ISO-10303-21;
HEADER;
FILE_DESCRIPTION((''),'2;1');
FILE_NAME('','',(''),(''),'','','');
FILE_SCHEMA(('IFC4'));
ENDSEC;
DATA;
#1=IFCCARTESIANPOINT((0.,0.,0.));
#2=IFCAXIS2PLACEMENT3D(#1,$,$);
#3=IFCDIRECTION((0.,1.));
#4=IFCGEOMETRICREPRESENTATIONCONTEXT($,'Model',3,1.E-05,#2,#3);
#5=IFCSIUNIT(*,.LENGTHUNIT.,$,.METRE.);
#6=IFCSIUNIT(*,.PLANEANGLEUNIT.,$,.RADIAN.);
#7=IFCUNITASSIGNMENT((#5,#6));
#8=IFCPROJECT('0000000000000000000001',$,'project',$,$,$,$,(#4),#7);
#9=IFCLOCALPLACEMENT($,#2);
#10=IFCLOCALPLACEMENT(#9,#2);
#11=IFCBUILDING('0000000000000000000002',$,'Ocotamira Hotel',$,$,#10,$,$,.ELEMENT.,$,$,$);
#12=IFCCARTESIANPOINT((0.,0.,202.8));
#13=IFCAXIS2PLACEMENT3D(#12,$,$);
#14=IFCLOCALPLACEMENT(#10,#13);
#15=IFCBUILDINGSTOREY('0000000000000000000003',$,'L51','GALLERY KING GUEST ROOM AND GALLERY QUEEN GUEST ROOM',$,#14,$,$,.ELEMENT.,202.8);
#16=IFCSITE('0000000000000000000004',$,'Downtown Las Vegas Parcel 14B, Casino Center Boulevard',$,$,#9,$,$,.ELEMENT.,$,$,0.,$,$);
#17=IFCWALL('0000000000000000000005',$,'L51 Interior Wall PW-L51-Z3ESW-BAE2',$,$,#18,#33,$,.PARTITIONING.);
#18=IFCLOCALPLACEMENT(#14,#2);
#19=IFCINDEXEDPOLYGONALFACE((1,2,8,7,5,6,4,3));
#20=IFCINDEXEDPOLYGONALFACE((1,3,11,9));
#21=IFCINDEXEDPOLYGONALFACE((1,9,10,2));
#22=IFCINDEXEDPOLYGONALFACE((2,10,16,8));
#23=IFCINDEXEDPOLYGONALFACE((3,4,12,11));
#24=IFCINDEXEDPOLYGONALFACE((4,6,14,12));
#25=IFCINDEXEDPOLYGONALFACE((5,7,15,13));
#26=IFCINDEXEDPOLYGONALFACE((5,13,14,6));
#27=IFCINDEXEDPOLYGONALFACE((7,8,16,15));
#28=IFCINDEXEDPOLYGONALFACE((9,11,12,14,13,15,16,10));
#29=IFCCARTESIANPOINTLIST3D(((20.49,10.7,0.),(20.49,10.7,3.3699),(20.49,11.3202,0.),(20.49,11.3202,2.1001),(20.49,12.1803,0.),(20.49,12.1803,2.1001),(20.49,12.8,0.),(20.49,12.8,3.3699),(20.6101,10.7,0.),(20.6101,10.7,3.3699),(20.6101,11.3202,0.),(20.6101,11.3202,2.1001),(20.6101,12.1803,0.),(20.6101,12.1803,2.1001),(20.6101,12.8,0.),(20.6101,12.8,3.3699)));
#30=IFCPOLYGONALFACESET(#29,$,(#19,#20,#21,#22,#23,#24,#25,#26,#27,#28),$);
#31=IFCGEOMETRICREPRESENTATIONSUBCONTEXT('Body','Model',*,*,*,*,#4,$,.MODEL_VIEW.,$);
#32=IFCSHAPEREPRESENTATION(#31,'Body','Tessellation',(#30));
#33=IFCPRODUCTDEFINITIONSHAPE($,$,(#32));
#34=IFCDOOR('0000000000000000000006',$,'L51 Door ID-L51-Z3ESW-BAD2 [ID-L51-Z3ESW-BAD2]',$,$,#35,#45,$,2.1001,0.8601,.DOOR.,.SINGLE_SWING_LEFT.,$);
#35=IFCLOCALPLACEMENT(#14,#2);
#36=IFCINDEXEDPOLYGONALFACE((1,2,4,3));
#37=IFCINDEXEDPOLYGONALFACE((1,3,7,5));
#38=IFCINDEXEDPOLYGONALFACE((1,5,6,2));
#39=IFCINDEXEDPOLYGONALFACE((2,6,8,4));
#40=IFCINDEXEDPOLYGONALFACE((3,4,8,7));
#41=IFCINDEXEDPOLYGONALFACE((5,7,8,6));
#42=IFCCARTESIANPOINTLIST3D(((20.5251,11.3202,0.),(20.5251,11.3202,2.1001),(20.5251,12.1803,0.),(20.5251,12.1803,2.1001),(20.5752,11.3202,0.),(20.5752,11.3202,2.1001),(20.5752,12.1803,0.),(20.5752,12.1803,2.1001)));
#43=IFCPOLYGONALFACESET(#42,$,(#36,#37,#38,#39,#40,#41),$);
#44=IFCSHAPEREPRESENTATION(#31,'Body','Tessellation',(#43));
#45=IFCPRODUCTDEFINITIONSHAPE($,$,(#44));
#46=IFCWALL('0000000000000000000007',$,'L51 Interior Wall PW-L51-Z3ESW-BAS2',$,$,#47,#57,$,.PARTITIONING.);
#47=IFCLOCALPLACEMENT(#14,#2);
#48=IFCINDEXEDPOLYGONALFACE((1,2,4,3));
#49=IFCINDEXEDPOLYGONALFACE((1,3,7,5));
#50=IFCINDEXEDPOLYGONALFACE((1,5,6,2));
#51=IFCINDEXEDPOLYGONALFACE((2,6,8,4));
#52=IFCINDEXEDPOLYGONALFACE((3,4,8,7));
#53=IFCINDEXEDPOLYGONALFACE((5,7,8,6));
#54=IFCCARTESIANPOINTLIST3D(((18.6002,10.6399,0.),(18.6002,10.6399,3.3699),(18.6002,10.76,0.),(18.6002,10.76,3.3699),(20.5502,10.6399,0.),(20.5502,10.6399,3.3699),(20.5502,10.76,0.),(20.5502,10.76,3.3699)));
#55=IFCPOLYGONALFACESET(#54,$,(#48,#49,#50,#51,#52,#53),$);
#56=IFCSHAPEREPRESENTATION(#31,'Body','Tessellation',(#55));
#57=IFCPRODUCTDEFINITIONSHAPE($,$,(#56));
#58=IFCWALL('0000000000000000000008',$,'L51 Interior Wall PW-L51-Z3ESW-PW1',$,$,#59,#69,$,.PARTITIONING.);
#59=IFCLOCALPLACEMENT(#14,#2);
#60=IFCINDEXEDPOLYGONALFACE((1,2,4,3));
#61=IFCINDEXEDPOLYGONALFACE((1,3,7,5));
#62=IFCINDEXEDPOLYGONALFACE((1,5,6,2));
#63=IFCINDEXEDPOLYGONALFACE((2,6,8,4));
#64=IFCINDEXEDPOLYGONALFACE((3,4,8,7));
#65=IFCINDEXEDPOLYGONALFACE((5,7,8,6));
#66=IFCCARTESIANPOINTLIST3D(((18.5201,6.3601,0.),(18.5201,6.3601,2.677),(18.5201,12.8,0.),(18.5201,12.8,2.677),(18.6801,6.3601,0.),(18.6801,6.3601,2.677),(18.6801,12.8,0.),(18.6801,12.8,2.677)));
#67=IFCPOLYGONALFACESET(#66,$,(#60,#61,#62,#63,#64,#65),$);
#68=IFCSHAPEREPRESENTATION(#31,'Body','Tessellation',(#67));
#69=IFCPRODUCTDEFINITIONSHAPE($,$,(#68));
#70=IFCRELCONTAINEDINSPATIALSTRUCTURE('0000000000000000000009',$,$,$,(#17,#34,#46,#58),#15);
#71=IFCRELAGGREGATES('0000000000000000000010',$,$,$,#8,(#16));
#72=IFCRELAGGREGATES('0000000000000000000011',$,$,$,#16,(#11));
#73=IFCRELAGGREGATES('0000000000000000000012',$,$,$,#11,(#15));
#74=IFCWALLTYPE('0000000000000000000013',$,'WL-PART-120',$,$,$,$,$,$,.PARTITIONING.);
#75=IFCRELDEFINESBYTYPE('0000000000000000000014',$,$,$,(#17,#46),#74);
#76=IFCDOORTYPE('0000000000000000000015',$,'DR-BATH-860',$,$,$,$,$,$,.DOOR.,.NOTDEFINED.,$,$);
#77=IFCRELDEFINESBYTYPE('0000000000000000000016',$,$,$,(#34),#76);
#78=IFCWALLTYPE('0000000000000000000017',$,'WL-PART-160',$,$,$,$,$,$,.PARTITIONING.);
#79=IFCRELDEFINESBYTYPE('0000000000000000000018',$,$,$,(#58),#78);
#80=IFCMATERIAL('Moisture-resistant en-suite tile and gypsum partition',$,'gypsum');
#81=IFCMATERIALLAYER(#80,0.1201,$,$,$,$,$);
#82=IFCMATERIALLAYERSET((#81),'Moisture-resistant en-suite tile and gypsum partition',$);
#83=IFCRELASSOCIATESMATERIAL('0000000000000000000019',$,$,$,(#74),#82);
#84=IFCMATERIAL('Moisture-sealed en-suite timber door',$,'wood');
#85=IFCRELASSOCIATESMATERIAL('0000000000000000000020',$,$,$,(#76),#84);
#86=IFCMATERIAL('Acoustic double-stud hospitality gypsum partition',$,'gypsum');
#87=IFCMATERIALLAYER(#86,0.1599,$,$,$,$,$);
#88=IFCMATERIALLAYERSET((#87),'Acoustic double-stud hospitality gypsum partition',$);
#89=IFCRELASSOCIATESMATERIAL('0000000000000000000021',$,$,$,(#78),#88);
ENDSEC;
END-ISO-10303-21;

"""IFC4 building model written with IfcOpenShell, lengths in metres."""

from ifc_helpers import new_model, si_unit, direction, frame, frame_2d, origin, place, context, subcontext, project, spatial, rectangle, extrude, source, transform, mapped, material, layer, layer_set, type_object, element, fill, save


model = new_model("IFC4")

# Units and contexts
model_context = context("Model", 3, precision=1e-05, world=origin(), true_north=direction((0.0, 1.0)))
body_context = subcontext(model_context, "Body", "Model", "MODEL_VIEW")
ifc_project = project(units=[si_unit("LENGTHUNIT", "METRE"), si_unit("PLANEANGLEUNIT", "RADIAN")], contexts=[model_context])

# Site, building, storey
site_placement = place(None, origin())
site = spatial("IfcSite", under=ifc_project, at=site_placement, Name="Downtown Las Vegas Parcel 14B, Casino Center Boulevard", CompositionType="ELEMENT", RefElevation=0.0)
building_placement = place(site_placement, origin())
building = spatial("IfcBuilding", under=site, at=building_placement, Name="Ocotamira Hotel", CompositionType="ELEMENT")
storey_placement = place(building_placement, frame((0.0, 0.0, 202.8)))
storey = spatial("IfcBuildingStorey", under=building, at=storey_placement, Name="L51", Description="GALLERY KING GUEST ROOM AND GALLERY QUEEN GUEST ROOM", CompositionType="ELEMENT", Elevation=202.8)

# Shared definitions
ifc_material_1 = material(Name="Moisture-resistant en-suite tile and gypsum partition", Category="gypsum")
ifc_layer_1 = layer(ifc_material_1, 0.1201)
ifc_layer_set_1 = layer_set([ifc_layer_1], Name="Moisture-resistant en-suite tile and gypsum partition")
wall_type_1 = type_object("IfcWallType", Name="WL-PART-120", PredefinedType="PARTITIONING", material=ifc_layer_set_1)
ifc_material_2 = material(Name="Moisture-sealed en-suite timber door", Category="wood")
door_type = type_object("IfcDoorType", Name="DR-BATH-860", OperationType="NOTDEFINED", PredefinedType="DOOR", material=ifc_material_2)
shared_shape_1 = source(origin(), body_context, "Body", "SweptSolid", [
    extrude(rectangle(XDim=0.8601, YDim=2.1001, at=frame_2d((0.4302, 1.05))), frame((0.0, 0.0249, 0.0), z_axis=(0.0, -1.0, 0.0), x_axis=(1.0, 0.0, 0.0)), (0.0, 0.0, 1.0), 0.05),
])

# Wall, opening, door
wall_1_placement = place(storey_placement, frame((20.55, 10.7, 0.0), z_axis=(0.0, 0.0, 1.0), x_axis=(0.0, 1.0, 0.0)))
wall_1 = element("IfcWall", 1, at=wall_1_placement, inside=storey, type_object=wall_type_1, Name="L51 Interior Wall PW-L51-Z3ESW-BAE2", PredefinedType="PARTITIONING", context=body_context, shape_type="SweptSolid", body=[
    extrude(rectangle(XDim=2.1001, YDim=0.1201, at=frame_2d((1.05, 0.0))), origin(), (0.0, 0.0, 1.0), 3.3699),
])
opening_1_placement = place(wall_1_placement, frame((0.6201, 0.0, 0.0)))
opening_1 = element("IfcOpeningElement", 2, at=opening_1_placement, cuts=wall_1, PredefinedType="OPENING", context=body_context, shape_type="SweptSolid", body=[
    extrude(rectangle(XDim=0.8601, YDim=2.1001, at=frame_2d((0.4302, 1.05))), frame((0.0, 0.0701, 0.0), z_axis=(0.0, -1.0, 0.0), x_axis=(1.0, 0.0, 0.0)), (0.0, 0.0, 1.0), 0.1401),
])
door_1_placement = place(opening_1_placement, origin())
door_1 = element("IfcDoor", 3, at=door_1_placement, inside=storey, type_object=door_type, Name="L51 Door ID-L51-Z3ESW-BAD2 [ID-L51-Z3ESW-BAD2]", OperationType="SINGLE_SWING_LEFT", OverallHeight=2.1001, OverallWidth=0.8601, PredefinedType="DOOR", context=body_context, shape_type="MappedRepresentation", body=[
    mapped(shared_shape_1, transform((0.0, 0.0, 0.0), scale=1.0)),
])
fill(opening_1, door_1)

# Walls
wall_2_placement = place(storey_placement, frame((18.6001, 10.7, 0.0), z_axis=(0.0, 0.0, 1.0), x_axis=(1.0, 0.0, 0.0)))
element("IfcWall", 4, at=wall_2_placement, inside=storey, type_object=wall_type_1, Name="L51 Interior Wall PW-L51-Z3ESW-BAS2", PredefinedType="PARTITIONING", context=body_context, shape_type="SweptSolid", body=[
    extrude(rectangle(XDim=1.95, YDim=0.1201, at=frame_2d((0.9751, 0.0))), origin(), (0.0, 0.0, 1.0), 3.3699),
])
ifc_material_3 = material(Name="Acoustic double-stud hospitality gypsum partition", Category="gypsum")
ifc_layer_2 = layer(ifc_material_3, 0.1599)
ifc_layer_set_2 = layer_set([ifc_layer_2], Name="Acoustic double-stud hospitality gypsum partition")
wall_type_2 = type_object("IfcWallType", Name="WL-PART-160", PredefinedType="PARTITIONING", material=ifc_layer_set_2)
wall_3_placement = place(storey_placement, frame((18.6001, 6.3601, 0.0), z_axis=(0.0, 0.0, 1.0), x_axis=(0.0, 1.0, 0.0)))
element("IfcWall", 5, at=wall_3_placement, inside=storey, type_object=wall_type_2, Name="L51 Interior Wall PW-L51-Z3ESW-PW1", PredefinedType="PARTITIONING", context=body_context, shape_type="SweptSolid", body=[
    extrude(rectangle(XDim=6.4399, YDim=0.1599, at=frame_2d((3.22, 0.0))), origin(), (0.0, 0.0, 1.0), 2.677),
])

save(model, "model.ifc")
